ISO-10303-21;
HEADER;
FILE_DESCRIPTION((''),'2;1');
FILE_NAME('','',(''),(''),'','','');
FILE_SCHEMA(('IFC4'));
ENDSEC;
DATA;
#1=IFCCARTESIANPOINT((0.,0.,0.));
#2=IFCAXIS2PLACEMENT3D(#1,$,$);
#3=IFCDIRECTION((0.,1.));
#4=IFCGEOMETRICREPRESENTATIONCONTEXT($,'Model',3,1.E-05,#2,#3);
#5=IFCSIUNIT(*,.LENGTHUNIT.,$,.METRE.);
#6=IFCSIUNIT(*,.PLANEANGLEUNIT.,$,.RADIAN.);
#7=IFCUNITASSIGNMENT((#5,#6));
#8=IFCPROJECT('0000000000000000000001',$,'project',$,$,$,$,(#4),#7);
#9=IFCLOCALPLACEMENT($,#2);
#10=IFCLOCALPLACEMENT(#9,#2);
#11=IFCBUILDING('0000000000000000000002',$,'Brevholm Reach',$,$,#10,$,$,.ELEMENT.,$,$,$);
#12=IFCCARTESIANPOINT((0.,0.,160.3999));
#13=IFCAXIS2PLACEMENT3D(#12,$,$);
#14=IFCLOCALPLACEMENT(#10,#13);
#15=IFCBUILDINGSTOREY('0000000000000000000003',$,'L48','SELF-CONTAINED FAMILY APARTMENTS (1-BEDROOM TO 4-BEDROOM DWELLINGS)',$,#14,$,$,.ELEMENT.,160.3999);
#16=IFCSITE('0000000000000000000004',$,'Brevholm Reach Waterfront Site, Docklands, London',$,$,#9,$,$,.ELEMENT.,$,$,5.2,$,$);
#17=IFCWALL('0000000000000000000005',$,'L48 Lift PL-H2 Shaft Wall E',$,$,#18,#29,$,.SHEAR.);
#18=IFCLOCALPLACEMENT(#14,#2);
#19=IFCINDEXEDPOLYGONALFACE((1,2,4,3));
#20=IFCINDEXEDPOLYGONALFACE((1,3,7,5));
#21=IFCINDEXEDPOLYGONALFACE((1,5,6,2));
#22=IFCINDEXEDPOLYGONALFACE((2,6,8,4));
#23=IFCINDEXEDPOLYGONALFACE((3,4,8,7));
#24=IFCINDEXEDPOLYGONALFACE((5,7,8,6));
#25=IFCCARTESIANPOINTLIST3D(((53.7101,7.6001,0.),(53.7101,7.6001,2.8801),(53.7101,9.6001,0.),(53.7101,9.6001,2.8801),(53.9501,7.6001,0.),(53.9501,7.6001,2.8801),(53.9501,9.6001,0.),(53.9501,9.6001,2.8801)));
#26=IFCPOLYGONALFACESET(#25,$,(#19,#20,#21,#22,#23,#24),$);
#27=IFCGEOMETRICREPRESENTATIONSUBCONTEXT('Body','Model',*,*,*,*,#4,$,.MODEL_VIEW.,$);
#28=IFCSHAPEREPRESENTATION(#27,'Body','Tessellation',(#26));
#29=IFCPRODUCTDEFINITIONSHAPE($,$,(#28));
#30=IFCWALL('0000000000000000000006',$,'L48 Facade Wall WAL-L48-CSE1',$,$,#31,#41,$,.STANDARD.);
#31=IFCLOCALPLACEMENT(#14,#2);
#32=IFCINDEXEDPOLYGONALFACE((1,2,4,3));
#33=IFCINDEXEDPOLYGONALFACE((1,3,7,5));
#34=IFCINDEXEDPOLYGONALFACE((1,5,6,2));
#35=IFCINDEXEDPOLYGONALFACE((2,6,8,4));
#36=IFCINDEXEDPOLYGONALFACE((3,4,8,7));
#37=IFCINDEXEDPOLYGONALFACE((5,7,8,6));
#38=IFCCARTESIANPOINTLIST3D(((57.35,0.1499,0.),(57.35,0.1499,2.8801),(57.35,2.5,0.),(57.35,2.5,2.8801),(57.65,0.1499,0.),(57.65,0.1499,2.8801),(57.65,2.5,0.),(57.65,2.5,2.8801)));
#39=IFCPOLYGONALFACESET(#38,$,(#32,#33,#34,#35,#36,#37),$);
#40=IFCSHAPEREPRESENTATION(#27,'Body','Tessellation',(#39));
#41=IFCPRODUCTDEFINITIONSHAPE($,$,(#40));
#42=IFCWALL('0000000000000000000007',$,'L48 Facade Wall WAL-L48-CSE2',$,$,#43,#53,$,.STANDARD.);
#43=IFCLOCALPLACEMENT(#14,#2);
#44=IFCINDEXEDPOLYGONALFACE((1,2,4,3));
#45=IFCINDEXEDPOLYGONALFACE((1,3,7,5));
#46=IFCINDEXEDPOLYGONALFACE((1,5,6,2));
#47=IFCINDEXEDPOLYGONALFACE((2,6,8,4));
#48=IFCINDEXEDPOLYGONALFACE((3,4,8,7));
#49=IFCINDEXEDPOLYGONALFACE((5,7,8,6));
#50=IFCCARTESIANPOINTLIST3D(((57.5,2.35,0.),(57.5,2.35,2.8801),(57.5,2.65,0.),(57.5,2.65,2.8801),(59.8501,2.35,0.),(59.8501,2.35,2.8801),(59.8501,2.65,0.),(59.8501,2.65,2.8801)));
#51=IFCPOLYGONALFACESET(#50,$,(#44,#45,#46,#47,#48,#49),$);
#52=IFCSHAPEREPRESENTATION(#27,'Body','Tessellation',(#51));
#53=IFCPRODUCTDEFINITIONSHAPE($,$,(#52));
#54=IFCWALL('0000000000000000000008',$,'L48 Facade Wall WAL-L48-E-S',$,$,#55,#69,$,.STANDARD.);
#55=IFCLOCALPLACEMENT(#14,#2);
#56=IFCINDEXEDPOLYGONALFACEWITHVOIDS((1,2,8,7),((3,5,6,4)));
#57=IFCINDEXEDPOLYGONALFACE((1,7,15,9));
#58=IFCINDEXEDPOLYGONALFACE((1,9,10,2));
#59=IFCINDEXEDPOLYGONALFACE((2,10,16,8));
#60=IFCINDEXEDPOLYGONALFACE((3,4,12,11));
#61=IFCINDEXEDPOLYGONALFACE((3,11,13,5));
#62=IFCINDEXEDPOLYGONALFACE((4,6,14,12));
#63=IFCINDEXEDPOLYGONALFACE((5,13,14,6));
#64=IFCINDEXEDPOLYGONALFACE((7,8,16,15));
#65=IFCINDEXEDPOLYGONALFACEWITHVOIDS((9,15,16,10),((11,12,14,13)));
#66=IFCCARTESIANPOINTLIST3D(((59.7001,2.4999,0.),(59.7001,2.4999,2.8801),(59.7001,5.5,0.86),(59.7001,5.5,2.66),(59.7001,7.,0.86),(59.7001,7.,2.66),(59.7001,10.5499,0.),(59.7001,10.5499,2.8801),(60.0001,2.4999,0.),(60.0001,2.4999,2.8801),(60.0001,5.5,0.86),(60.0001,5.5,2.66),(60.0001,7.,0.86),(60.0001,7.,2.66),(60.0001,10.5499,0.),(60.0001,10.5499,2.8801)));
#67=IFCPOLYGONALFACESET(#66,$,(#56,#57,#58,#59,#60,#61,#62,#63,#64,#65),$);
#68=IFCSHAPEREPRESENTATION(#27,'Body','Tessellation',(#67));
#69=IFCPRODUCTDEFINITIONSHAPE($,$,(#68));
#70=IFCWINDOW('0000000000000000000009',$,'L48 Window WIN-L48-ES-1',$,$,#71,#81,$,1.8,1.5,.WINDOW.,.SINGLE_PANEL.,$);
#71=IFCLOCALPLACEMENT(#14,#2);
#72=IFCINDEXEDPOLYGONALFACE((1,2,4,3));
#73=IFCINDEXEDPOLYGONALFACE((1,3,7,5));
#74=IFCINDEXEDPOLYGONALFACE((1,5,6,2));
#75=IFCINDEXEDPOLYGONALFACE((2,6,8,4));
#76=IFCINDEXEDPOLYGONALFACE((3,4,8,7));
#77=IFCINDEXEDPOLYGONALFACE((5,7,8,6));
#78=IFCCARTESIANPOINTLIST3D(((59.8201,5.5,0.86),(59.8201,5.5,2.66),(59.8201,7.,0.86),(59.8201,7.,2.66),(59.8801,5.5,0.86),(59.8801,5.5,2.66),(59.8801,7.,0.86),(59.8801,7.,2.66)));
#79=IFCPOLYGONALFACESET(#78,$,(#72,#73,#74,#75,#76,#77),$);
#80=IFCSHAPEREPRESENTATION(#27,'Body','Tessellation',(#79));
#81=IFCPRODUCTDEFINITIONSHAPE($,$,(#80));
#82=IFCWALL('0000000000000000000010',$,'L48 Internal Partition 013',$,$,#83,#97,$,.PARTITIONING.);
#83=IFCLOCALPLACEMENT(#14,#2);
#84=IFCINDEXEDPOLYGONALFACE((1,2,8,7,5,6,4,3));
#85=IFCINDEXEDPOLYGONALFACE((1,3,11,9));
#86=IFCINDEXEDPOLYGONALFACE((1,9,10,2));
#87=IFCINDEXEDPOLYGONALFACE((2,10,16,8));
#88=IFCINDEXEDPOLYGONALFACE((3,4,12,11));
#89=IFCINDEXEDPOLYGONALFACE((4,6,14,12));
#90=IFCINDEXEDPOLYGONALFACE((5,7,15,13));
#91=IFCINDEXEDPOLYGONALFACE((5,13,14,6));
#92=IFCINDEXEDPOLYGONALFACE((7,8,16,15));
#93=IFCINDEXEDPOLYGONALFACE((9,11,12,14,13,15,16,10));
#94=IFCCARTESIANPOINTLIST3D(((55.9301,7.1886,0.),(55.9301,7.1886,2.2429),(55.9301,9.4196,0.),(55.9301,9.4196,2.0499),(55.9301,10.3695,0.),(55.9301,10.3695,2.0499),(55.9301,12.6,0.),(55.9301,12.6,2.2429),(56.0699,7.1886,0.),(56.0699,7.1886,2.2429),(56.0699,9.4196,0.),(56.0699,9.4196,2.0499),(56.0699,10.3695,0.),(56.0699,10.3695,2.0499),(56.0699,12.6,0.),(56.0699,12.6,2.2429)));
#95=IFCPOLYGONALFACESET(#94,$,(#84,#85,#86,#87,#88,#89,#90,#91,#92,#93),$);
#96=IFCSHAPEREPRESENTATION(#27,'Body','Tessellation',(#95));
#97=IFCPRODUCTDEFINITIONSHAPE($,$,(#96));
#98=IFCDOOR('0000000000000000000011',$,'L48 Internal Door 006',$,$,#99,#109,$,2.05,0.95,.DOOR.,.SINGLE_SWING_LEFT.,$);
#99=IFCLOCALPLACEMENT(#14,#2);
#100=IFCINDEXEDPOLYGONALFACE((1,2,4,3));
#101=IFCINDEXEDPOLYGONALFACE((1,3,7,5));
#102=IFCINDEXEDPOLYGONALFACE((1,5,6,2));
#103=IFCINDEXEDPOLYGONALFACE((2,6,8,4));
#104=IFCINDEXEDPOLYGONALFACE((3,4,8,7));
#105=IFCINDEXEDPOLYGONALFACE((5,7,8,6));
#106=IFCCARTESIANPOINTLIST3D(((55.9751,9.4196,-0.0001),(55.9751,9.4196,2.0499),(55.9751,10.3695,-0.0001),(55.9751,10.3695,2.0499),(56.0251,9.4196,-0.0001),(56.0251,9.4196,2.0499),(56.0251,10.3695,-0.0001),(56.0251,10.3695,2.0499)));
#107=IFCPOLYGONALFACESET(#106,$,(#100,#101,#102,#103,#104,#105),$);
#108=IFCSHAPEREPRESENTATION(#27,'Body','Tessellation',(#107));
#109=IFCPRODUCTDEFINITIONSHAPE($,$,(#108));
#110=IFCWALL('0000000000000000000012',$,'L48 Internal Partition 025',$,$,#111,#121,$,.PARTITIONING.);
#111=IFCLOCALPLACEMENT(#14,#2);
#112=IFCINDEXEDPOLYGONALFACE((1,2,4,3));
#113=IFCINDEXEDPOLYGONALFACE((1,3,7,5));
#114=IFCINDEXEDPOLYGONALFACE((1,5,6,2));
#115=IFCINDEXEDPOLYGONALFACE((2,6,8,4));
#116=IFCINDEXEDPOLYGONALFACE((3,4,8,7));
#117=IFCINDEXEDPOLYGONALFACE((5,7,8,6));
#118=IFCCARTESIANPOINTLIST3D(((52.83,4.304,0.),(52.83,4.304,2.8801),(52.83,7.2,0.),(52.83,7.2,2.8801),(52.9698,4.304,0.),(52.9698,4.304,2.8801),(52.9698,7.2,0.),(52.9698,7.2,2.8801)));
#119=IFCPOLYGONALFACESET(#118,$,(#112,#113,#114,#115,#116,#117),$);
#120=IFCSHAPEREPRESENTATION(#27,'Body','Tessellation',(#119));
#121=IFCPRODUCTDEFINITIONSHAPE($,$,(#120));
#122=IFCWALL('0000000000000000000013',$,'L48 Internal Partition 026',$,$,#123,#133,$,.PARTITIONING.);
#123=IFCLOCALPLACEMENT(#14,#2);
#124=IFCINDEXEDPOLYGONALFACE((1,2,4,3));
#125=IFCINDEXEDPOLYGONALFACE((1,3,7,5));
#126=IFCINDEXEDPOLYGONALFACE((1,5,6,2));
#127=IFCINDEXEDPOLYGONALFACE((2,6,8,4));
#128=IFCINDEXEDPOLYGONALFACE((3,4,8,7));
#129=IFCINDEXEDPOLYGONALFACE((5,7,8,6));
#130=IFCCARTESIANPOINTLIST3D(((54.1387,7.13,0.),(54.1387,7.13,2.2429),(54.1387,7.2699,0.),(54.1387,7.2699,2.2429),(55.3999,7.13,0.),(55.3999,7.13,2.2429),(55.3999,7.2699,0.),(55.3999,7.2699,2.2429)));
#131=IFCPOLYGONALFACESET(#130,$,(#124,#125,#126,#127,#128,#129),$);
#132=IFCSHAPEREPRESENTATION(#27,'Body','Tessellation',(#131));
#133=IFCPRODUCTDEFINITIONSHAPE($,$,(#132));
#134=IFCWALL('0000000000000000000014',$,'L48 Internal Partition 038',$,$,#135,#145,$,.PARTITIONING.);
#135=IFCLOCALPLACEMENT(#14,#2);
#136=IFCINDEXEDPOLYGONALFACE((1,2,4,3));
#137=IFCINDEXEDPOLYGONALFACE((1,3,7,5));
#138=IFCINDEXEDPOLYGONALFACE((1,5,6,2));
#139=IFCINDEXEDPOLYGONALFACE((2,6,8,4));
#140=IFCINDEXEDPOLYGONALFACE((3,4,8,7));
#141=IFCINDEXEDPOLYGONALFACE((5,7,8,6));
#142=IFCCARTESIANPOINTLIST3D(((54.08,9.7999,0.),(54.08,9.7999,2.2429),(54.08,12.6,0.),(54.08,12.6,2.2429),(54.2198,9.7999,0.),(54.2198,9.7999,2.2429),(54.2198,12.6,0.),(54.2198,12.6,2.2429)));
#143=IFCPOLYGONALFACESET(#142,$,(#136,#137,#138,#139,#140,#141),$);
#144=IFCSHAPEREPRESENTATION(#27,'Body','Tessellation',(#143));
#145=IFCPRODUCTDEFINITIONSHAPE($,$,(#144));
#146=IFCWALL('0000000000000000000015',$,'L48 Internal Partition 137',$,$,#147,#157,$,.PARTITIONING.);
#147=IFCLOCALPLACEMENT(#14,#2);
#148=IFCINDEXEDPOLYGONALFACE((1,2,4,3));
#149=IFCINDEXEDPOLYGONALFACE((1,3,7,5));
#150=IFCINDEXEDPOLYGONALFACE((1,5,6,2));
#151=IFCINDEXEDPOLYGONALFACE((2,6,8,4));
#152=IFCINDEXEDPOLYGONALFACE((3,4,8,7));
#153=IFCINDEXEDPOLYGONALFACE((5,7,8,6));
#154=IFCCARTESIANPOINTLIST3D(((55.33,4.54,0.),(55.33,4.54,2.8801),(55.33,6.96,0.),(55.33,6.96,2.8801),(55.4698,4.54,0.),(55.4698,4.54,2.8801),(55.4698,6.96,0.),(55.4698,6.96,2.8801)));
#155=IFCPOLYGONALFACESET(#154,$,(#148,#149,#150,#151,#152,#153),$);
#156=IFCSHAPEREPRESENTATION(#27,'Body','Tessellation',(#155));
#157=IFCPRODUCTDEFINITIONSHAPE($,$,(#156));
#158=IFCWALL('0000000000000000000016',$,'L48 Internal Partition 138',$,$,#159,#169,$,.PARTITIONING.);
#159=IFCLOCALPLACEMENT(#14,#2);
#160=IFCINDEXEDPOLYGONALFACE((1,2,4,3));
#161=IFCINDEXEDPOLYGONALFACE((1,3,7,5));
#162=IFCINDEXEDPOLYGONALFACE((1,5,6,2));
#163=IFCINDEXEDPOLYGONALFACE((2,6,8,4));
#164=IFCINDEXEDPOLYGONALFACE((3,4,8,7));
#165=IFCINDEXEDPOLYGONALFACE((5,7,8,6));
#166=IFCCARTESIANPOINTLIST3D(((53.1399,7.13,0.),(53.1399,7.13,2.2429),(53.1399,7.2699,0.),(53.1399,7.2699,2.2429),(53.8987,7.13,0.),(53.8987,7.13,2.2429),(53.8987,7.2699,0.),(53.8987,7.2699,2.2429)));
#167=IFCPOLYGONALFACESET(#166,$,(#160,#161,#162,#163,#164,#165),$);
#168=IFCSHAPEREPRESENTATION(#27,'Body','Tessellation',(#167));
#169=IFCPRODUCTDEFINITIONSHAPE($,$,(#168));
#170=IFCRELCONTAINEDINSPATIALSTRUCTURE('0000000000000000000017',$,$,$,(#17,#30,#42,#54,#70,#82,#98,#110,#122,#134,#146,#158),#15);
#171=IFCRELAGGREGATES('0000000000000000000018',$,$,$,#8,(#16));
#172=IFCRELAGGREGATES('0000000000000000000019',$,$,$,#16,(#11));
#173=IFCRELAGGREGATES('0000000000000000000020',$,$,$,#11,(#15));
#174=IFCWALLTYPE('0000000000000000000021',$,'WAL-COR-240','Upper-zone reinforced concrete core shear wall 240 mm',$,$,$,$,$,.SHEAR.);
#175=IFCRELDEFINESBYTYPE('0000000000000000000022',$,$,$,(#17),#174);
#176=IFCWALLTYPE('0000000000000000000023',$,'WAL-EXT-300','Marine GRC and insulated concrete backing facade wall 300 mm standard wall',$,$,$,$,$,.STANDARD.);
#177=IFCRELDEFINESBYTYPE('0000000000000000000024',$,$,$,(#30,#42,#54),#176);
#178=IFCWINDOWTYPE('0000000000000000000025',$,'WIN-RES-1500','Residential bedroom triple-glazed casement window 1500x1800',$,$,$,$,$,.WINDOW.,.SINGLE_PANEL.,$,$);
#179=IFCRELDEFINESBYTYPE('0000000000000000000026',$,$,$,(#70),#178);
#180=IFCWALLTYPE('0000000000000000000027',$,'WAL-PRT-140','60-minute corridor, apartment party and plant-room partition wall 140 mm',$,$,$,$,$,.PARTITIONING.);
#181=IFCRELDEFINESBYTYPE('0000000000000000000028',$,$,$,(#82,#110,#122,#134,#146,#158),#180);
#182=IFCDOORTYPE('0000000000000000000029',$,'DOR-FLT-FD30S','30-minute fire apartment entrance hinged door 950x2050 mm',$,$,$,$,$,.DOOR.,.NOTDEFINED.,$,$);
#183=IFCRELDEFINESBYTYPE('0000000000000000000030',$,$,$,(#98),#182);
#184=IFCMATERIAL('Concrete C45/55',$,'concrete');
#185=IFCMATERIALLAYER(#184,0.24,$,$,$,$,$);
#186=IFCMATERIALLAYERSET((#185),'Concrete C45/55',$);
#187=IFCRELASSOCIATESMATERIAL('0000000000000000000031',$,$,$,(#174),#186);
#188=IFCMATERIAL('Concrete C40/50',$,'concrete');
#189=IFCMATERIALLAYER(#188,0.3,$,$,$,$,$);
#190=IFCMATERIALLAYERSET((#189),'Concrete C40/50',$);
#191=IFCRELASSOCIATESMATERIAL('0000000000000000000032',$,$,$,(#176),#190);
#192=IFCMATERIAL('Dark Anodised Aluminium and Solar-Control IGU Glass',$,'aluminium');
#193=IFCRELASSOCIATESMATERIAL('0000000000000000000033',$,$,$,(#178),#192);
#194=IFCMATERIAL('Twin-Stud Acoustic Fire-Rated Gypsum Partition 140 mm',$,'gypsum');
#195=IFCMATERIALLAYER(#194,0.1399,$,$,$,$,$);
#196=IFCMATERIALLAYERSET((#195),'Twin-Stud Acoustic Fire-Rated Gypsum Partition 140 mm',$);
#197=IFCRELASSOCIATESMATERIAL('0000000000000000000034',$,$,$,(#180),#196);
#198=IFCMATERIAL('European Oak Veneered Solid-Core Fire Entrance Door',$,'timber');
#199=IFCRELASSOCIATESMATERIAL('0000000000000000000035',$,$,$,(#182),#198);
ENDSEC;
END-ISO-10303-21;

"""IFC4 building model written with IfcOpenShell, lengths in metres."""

from ifc_helpers import new_model, si_unit, direction, frame, frame_2d, origin, place, context, subcontext, project, spatial, rectangle, extrude, material, layer, layer_set, type_object, element, fill, save


model = new_model("IFC4")

# Units and contexts
model_context = context("Model", 3, precision=1e-05, world=origin(), true_north=direction((0.0, 1.0)))
body_context = subcontext(model_context, "Body", "Model", "MODEL_VIEW")
ifc_project = project(units=[si_unit("LENGTHUNIT", "METRE"), si_unit("PLANEANGLEUNIT", "RADIAN")], contexts=[model_context])

# Site, building, storey
site_placement = place(None, origin())
site = spatial("IfcSite", under=ifc_project, at=site_placement, Name="Brevholm Reach Waterfront Site, Docklands, London", CompositionType="ELEMENT", RefElevation=5.2)
building_placement = place(site_placement, origin())
building = spatial("IfcBuilding", under=site, at=building_placement, Name="Brevholm Reach", CompositionType="ELEMENT")
storey_placement = place(building_placement, frame((0.0, 0.0, 160.3999)))
storey = spatial("IfcBuildingStorey", under=building, at=storey_placement, Name="L48", Description="SELF-CONTAINED FAMILY APARTMENTS (1-BEDROOM TO 4-BEDROOM DWELLINGS)", CompositionType="ELEMENT", Elevation=160.3999)

# Walls
ifc_material_1 = material(Name="Concrete C45/55", Category="concrete")
ifc_layer_1 = layer(ifc_material_1, 0.24)
ifc_layer_set_1 = layer_set([ifc_layer_1], Name="Concrete C45/55")
wall_type_1 = type_object("IfcWallType", Name="WAL-COR-240", Description="Upper-zone reinforced concrete core shear wall 240 mm", PredefinedType="SHEAR", material=ifc_layer_set_1)
wall_1_placement = place(storey_placement, frame((53.8301, 7.6001, 0.0), z_axis=(0.0, 0.0, 1.0), x_axis=(0.0, 1.0, 0.0)))
element("IfcWall", 1, at=wall_1_placement, inside=storey, type_object=wall_type_1, Name="L48 Lift PL-H2 Shaft Wall E", PredefinedType="SHEAR", context=body_context, shape_type="SweptSolid", body=[
    extrude(rectangle(XDim=2.0, YDim=0.24, at=frame_2d((1.0, 0.0))), origin(), (0.0, 0.0, 1.0), 2.8801),
])
ifc_material_2 = material(Name="Concrete C40/50", Category="concrete")
ifc_layer_2 = layer(ifc_material_2, 0.3)
ifc_layer_set_2 = layer_set([ifc_layer_2], Name="Concrete C40/50")
wall_type_2 = type_object("IfcWallType", Name="WAL-EXT-300", Description="Marine GRC and insulated concrete backing facade wall 300 mm standard wall", PredefinedType="STANDARD", material=ifc_layer_set_2)
for number, where, z_axis, x_axis, name in (
    (2, (57.5, 0.1499, 0.0), (0.0, 0.0, 1.0), (0.0, 1.0, 0.0), "L48 Facade Wall WAL-L48-CSE1"),
    (3, (57.5, 2.5, 0.0), (0.0, 0.0, 1.0), (1.0, 0.0, 0.0), "L48 Facade Wall WAL-L48-CSE2"),
):
    element("IfcWall", number, at=place(storey_placement, frame(where, z_axis=z_axis, x_axis=x_axis)), inside=storey, type_object=wall_type_2, Name=name, PredefinedType="STANDARD", context=body_context, shape_type="SweptSolid", body=[
        extrude(rectangle(XDim=2.3501, YDim=0.3, at=frame_2d((1.175, 0.0))), origin(), (0.0, 0.0, 1.0), 2.8801),
    ])

# Wall, opening, window
wall_2_placement = place(storey_placement, frame((59.8501, 2.5, 0.0), z_axis=(0.0, 0.0, 1.0), x_axis=(0.0, 1.0, 0.0)))
wall_2 = element("IfcWall", 4, at=wall_2_placement, inside=storey, type_object=wall_type_2, Name="L48 Facade Wall WAL-L48-E-S", PredefinedType="STANDARD", context=body_context, shape_type="SweptSolid", body=[
    extrude(rectangle(XDim=8.05, YDim=0.3, at=frame_2d((4.0249, 0.0))), origin(), (0.0, 0.0, 1.0), 2.8801),
])
opening_1_placement = place(wall_2_placement, frame((3.0, 0.0, 0.8601)))
opening_1 = element("IfcOpeningElement", 5, at=opening_1_placement, cuts=wall_2, PredefinedType="OPENING", context=body_context, shape_type="SweptSolid", body=[
    extrude(rectangle(XDim=1.5, YDim=1.8, at=frame_2d((0.75, 0.8999))), frame((0.0, 0.1599, 0.0), z_axis=(0.0, -1.0, 0.0), x_axis=(1.0, 0.0, 0.0)), (0.0, 0.0, 1.0), 0.3201),
])
ifc_material_3 = material(Name="Dark Anodised Aluminium and Solar-Control IGU Glass", Category="aluminium")
window_type = type_object("IfcWindowType", Name="WIN-RES-1500", Description="Residential bedroom triple-glazed casement window 1500x1800", PartitioningType="SINGLE_PANEL", PredefinedType="WINDOW", material=ifc_material_3)
window_placement = place(opening_1_placement, origin())
window = element("IfcWindow", 6, at=window_placement, inside=storey, type_object=window_type, Name="L48 Window WIN-L48-ES-1", OverallHeight=1.8, OverallWidth=1.5, PartitioningType="SINGLE_PANEL", PredefinedType="WINDOW", context=body_context, shape_type="SweptSolid", body=[
    extrude(rectangle(XDim=1.5, YDim=1.8, at=frame_2d((0.75, 0.8999))), frame((0.0, 0.03, 0.0), z_axis=(0.0, -1.0, 0.0), x_axis=(1.0, 0.0, 0.0)), (0.0, 0.0, 1.0), 0.0601),
])
fill(opening_1, window)

# Wall, opening, door
ifc_material_4 = material(Name="Twin-Stud Acoustic Fire-Rated Gypsum Partition 140 mm", Category="gypsum")
ifc_layer_3 = layer(ifc_material_4, 0.1399)
ifc_layer_set_3 = layer_set([ifc_layer_3], Name="Twin-Stud Acoustic Fire-Rated Gypsum Partition 140 mm")
wall_type_3 = type_object("IfcWallType", Name="WAL-PRT-140", Description="60-minute corridor, apartment party and plant-room partition wall 140 mm", PredefinedType="PARTITIONING", material=ifc_layer_set_3)
wall_3_placement = place(storey_placement, frame((56.0, 7.1887, 0.0), z_axis=(0.0, 0.0, 1.0), x_axis=(0.0, 1.0, 0.0)))
wall_3 = element("IfcWall", 7, at=wall_3_placement, inside=storey, type_object=wall_type_3, Name="L48 Internal Partition 013", PredefinedType="PARTITIONING", context=body_context, shape_type="SweptSolid", body=[
    extrude(rectangle(XDim=5.4114, YDim=0.1399, at=frame_2d((2.7056, 0.0))), origin(), (0.0, 0.0, 1.0), 2.2429),
])
opening_2_placement = place(wall_3_placement, frame((2.2307, 0.0, 0.0)))
opening_2 = element("IfcOpeningElement", 8, at=opening_2_placement, cuts=wall_3, PredefinedType="OPENING", context=body_context, shape_type="SweptSolid", body=[
    extrude(rectangle(XDim=0.95, YDim=2.05, at=frame_2d((0.4751, 1.0249))), frame((0.0, 0.0798, 0.0), z_axis=(0.0, -1.0, 0.0), x_axis=(1.0, 0.0, 0.0)), (0.0, 0.0, 1.0), 0.1599),
])
ifc_material_5 = material(Name="European Oak Veneered Solid-Core Fire Entrance Door", Category="timber")
door_type = type_object("IfcDoorType", Name="DOR-FLT-FD30S", Description="30-minute fire apartment entrance hinged door 950x2050 mm", OperationType="NOTDEFINED", PredefinedType="DOOR", material=ifc_material_5)
door_placement = place(opening_2_placement, origin())
door = element("IfcDoor", 9, at=door_placement, inside=storey, type_object=door_type, Name="L48 Internal Door 006", OperationType="SINGLE_SWING_LEFT", OverallHeight=2.05, OverallWidth=0.95, PredefinedType="DOOR", context=body_context, shape_type="SweptSolid", body=[
    extrude(rectangle(XDim=0.95, YDim=2.05, at=frame_2d((0.4751, 1.0249))), frame((0.0, 0.0249, 0.0), z_axis=(0.0, -1.0, 0.0), x_axis=(1.0, 0.0, 0.0)), (0.0, 0.0, 1.0), 0.05),
])
fill(opening_2, door)

# Walls
wall_4_placement = place(storey_placement, frame((52.8999, 4.304, 0.0), z_axis=(0.0, 0.0, 1.0), x_axis=(0.0, 1.0, 0.0)))
element("IfcWall", 10, at=wall_4_placement, inside=storey, type_object=wall_type_3, Name="L48 Internal Partition 025", PredefinedType="PARTITIONING", context=body_context, shape_type="SweptSolid", body=[
    extrude(rectangle(XDim=2.896, YDim=0.1399, at=frame_2d((1.448, 0.0))), origin(), (0.0, 0.0, 1.0), 2.8801),
])
wall_5_placement = place(storey_placement, frame((54.1387, 7.2, 0.0), z_axis=(0.0, 0.0, 1.0), x_axis=(1.0, 0.0, 0.0)))
element("IfcWall", 11, at=wall_5_placement, inside=storey, type_object=wall_type_3, Name="L48 Internal Partition 026", PredefinedType="PARTITIONING", context=body_context, shape_type="SweptSolid", body=[
    extrude(rectangle(XDim=1.2612, YDim=0.1399, at=frame_2d((0.6306, 0.0))), origin(), (0.0, 0.0, 1.0), 2.2429),
])
wall_6_placement = place(storey_placement, frame((54.1499, 9.8, 0.0), z_axis=(0.0, 0.0, 1.0), x_axis=(0.0, 1.0, 0.0)))
element("IfcWall", 12, at=wall_6_placement, inside=storey, type_object=wall_type_3, Name="L48 Internal Partition 038", PredefinedType="PARTITIONING", context=body_context, shape_type="SweptSolid", body=[
    extrude(rectangle(XDim=2.8, YDim=0.1399, at=frame_2d((1.3999, 0.0))), origin(), (0.0, 0.0, 1.0), 2.2429),
])
wall_7_placement = place(storey_placement, frame((55.3999, 4.54, 0.0), z_axis=(0.0, 0.0, 1.0), x_axis=(0.0, 1.0, 0.0)))
element("IfcWall", 13, at=wall_7_placement, inside=storey, type_object=wall_type_3, Name="L48 Internal Partition 137", PredefinedType="PARTITIONING", context=body_context, shape_type="SweptSolid", body=[
    extrude(rectangle(XDim=2.4199, YDim=0.1399, at=frame_2d((1.21, 0.0))), origin(), (0.0, 0.0, 1.0), 2.8801),
])
wall_8_placement = place(storey_placement, frame((53.1399, 7.2, 0.0), z_axis=(0.0, 0.0, 1.0), x_axis=(1.0, 0.0, 0.0)))
element("IfcWall", 14, at=wall_8_placement, inside=storey, type_object=wall_type_3, Name="L48 Internal Partition 138", PredefinedType="PARTITIONING", context=body_context, shape_type="SweptSolid", body=[
    extrude(rectangle(XDim=0.7588, YDim=0.1399, at=frame_2d((0.3794, 0.0))), origin(), (0.0, 0.0, 1.0), 2.2429),
])

save(model, "model.ifc")
